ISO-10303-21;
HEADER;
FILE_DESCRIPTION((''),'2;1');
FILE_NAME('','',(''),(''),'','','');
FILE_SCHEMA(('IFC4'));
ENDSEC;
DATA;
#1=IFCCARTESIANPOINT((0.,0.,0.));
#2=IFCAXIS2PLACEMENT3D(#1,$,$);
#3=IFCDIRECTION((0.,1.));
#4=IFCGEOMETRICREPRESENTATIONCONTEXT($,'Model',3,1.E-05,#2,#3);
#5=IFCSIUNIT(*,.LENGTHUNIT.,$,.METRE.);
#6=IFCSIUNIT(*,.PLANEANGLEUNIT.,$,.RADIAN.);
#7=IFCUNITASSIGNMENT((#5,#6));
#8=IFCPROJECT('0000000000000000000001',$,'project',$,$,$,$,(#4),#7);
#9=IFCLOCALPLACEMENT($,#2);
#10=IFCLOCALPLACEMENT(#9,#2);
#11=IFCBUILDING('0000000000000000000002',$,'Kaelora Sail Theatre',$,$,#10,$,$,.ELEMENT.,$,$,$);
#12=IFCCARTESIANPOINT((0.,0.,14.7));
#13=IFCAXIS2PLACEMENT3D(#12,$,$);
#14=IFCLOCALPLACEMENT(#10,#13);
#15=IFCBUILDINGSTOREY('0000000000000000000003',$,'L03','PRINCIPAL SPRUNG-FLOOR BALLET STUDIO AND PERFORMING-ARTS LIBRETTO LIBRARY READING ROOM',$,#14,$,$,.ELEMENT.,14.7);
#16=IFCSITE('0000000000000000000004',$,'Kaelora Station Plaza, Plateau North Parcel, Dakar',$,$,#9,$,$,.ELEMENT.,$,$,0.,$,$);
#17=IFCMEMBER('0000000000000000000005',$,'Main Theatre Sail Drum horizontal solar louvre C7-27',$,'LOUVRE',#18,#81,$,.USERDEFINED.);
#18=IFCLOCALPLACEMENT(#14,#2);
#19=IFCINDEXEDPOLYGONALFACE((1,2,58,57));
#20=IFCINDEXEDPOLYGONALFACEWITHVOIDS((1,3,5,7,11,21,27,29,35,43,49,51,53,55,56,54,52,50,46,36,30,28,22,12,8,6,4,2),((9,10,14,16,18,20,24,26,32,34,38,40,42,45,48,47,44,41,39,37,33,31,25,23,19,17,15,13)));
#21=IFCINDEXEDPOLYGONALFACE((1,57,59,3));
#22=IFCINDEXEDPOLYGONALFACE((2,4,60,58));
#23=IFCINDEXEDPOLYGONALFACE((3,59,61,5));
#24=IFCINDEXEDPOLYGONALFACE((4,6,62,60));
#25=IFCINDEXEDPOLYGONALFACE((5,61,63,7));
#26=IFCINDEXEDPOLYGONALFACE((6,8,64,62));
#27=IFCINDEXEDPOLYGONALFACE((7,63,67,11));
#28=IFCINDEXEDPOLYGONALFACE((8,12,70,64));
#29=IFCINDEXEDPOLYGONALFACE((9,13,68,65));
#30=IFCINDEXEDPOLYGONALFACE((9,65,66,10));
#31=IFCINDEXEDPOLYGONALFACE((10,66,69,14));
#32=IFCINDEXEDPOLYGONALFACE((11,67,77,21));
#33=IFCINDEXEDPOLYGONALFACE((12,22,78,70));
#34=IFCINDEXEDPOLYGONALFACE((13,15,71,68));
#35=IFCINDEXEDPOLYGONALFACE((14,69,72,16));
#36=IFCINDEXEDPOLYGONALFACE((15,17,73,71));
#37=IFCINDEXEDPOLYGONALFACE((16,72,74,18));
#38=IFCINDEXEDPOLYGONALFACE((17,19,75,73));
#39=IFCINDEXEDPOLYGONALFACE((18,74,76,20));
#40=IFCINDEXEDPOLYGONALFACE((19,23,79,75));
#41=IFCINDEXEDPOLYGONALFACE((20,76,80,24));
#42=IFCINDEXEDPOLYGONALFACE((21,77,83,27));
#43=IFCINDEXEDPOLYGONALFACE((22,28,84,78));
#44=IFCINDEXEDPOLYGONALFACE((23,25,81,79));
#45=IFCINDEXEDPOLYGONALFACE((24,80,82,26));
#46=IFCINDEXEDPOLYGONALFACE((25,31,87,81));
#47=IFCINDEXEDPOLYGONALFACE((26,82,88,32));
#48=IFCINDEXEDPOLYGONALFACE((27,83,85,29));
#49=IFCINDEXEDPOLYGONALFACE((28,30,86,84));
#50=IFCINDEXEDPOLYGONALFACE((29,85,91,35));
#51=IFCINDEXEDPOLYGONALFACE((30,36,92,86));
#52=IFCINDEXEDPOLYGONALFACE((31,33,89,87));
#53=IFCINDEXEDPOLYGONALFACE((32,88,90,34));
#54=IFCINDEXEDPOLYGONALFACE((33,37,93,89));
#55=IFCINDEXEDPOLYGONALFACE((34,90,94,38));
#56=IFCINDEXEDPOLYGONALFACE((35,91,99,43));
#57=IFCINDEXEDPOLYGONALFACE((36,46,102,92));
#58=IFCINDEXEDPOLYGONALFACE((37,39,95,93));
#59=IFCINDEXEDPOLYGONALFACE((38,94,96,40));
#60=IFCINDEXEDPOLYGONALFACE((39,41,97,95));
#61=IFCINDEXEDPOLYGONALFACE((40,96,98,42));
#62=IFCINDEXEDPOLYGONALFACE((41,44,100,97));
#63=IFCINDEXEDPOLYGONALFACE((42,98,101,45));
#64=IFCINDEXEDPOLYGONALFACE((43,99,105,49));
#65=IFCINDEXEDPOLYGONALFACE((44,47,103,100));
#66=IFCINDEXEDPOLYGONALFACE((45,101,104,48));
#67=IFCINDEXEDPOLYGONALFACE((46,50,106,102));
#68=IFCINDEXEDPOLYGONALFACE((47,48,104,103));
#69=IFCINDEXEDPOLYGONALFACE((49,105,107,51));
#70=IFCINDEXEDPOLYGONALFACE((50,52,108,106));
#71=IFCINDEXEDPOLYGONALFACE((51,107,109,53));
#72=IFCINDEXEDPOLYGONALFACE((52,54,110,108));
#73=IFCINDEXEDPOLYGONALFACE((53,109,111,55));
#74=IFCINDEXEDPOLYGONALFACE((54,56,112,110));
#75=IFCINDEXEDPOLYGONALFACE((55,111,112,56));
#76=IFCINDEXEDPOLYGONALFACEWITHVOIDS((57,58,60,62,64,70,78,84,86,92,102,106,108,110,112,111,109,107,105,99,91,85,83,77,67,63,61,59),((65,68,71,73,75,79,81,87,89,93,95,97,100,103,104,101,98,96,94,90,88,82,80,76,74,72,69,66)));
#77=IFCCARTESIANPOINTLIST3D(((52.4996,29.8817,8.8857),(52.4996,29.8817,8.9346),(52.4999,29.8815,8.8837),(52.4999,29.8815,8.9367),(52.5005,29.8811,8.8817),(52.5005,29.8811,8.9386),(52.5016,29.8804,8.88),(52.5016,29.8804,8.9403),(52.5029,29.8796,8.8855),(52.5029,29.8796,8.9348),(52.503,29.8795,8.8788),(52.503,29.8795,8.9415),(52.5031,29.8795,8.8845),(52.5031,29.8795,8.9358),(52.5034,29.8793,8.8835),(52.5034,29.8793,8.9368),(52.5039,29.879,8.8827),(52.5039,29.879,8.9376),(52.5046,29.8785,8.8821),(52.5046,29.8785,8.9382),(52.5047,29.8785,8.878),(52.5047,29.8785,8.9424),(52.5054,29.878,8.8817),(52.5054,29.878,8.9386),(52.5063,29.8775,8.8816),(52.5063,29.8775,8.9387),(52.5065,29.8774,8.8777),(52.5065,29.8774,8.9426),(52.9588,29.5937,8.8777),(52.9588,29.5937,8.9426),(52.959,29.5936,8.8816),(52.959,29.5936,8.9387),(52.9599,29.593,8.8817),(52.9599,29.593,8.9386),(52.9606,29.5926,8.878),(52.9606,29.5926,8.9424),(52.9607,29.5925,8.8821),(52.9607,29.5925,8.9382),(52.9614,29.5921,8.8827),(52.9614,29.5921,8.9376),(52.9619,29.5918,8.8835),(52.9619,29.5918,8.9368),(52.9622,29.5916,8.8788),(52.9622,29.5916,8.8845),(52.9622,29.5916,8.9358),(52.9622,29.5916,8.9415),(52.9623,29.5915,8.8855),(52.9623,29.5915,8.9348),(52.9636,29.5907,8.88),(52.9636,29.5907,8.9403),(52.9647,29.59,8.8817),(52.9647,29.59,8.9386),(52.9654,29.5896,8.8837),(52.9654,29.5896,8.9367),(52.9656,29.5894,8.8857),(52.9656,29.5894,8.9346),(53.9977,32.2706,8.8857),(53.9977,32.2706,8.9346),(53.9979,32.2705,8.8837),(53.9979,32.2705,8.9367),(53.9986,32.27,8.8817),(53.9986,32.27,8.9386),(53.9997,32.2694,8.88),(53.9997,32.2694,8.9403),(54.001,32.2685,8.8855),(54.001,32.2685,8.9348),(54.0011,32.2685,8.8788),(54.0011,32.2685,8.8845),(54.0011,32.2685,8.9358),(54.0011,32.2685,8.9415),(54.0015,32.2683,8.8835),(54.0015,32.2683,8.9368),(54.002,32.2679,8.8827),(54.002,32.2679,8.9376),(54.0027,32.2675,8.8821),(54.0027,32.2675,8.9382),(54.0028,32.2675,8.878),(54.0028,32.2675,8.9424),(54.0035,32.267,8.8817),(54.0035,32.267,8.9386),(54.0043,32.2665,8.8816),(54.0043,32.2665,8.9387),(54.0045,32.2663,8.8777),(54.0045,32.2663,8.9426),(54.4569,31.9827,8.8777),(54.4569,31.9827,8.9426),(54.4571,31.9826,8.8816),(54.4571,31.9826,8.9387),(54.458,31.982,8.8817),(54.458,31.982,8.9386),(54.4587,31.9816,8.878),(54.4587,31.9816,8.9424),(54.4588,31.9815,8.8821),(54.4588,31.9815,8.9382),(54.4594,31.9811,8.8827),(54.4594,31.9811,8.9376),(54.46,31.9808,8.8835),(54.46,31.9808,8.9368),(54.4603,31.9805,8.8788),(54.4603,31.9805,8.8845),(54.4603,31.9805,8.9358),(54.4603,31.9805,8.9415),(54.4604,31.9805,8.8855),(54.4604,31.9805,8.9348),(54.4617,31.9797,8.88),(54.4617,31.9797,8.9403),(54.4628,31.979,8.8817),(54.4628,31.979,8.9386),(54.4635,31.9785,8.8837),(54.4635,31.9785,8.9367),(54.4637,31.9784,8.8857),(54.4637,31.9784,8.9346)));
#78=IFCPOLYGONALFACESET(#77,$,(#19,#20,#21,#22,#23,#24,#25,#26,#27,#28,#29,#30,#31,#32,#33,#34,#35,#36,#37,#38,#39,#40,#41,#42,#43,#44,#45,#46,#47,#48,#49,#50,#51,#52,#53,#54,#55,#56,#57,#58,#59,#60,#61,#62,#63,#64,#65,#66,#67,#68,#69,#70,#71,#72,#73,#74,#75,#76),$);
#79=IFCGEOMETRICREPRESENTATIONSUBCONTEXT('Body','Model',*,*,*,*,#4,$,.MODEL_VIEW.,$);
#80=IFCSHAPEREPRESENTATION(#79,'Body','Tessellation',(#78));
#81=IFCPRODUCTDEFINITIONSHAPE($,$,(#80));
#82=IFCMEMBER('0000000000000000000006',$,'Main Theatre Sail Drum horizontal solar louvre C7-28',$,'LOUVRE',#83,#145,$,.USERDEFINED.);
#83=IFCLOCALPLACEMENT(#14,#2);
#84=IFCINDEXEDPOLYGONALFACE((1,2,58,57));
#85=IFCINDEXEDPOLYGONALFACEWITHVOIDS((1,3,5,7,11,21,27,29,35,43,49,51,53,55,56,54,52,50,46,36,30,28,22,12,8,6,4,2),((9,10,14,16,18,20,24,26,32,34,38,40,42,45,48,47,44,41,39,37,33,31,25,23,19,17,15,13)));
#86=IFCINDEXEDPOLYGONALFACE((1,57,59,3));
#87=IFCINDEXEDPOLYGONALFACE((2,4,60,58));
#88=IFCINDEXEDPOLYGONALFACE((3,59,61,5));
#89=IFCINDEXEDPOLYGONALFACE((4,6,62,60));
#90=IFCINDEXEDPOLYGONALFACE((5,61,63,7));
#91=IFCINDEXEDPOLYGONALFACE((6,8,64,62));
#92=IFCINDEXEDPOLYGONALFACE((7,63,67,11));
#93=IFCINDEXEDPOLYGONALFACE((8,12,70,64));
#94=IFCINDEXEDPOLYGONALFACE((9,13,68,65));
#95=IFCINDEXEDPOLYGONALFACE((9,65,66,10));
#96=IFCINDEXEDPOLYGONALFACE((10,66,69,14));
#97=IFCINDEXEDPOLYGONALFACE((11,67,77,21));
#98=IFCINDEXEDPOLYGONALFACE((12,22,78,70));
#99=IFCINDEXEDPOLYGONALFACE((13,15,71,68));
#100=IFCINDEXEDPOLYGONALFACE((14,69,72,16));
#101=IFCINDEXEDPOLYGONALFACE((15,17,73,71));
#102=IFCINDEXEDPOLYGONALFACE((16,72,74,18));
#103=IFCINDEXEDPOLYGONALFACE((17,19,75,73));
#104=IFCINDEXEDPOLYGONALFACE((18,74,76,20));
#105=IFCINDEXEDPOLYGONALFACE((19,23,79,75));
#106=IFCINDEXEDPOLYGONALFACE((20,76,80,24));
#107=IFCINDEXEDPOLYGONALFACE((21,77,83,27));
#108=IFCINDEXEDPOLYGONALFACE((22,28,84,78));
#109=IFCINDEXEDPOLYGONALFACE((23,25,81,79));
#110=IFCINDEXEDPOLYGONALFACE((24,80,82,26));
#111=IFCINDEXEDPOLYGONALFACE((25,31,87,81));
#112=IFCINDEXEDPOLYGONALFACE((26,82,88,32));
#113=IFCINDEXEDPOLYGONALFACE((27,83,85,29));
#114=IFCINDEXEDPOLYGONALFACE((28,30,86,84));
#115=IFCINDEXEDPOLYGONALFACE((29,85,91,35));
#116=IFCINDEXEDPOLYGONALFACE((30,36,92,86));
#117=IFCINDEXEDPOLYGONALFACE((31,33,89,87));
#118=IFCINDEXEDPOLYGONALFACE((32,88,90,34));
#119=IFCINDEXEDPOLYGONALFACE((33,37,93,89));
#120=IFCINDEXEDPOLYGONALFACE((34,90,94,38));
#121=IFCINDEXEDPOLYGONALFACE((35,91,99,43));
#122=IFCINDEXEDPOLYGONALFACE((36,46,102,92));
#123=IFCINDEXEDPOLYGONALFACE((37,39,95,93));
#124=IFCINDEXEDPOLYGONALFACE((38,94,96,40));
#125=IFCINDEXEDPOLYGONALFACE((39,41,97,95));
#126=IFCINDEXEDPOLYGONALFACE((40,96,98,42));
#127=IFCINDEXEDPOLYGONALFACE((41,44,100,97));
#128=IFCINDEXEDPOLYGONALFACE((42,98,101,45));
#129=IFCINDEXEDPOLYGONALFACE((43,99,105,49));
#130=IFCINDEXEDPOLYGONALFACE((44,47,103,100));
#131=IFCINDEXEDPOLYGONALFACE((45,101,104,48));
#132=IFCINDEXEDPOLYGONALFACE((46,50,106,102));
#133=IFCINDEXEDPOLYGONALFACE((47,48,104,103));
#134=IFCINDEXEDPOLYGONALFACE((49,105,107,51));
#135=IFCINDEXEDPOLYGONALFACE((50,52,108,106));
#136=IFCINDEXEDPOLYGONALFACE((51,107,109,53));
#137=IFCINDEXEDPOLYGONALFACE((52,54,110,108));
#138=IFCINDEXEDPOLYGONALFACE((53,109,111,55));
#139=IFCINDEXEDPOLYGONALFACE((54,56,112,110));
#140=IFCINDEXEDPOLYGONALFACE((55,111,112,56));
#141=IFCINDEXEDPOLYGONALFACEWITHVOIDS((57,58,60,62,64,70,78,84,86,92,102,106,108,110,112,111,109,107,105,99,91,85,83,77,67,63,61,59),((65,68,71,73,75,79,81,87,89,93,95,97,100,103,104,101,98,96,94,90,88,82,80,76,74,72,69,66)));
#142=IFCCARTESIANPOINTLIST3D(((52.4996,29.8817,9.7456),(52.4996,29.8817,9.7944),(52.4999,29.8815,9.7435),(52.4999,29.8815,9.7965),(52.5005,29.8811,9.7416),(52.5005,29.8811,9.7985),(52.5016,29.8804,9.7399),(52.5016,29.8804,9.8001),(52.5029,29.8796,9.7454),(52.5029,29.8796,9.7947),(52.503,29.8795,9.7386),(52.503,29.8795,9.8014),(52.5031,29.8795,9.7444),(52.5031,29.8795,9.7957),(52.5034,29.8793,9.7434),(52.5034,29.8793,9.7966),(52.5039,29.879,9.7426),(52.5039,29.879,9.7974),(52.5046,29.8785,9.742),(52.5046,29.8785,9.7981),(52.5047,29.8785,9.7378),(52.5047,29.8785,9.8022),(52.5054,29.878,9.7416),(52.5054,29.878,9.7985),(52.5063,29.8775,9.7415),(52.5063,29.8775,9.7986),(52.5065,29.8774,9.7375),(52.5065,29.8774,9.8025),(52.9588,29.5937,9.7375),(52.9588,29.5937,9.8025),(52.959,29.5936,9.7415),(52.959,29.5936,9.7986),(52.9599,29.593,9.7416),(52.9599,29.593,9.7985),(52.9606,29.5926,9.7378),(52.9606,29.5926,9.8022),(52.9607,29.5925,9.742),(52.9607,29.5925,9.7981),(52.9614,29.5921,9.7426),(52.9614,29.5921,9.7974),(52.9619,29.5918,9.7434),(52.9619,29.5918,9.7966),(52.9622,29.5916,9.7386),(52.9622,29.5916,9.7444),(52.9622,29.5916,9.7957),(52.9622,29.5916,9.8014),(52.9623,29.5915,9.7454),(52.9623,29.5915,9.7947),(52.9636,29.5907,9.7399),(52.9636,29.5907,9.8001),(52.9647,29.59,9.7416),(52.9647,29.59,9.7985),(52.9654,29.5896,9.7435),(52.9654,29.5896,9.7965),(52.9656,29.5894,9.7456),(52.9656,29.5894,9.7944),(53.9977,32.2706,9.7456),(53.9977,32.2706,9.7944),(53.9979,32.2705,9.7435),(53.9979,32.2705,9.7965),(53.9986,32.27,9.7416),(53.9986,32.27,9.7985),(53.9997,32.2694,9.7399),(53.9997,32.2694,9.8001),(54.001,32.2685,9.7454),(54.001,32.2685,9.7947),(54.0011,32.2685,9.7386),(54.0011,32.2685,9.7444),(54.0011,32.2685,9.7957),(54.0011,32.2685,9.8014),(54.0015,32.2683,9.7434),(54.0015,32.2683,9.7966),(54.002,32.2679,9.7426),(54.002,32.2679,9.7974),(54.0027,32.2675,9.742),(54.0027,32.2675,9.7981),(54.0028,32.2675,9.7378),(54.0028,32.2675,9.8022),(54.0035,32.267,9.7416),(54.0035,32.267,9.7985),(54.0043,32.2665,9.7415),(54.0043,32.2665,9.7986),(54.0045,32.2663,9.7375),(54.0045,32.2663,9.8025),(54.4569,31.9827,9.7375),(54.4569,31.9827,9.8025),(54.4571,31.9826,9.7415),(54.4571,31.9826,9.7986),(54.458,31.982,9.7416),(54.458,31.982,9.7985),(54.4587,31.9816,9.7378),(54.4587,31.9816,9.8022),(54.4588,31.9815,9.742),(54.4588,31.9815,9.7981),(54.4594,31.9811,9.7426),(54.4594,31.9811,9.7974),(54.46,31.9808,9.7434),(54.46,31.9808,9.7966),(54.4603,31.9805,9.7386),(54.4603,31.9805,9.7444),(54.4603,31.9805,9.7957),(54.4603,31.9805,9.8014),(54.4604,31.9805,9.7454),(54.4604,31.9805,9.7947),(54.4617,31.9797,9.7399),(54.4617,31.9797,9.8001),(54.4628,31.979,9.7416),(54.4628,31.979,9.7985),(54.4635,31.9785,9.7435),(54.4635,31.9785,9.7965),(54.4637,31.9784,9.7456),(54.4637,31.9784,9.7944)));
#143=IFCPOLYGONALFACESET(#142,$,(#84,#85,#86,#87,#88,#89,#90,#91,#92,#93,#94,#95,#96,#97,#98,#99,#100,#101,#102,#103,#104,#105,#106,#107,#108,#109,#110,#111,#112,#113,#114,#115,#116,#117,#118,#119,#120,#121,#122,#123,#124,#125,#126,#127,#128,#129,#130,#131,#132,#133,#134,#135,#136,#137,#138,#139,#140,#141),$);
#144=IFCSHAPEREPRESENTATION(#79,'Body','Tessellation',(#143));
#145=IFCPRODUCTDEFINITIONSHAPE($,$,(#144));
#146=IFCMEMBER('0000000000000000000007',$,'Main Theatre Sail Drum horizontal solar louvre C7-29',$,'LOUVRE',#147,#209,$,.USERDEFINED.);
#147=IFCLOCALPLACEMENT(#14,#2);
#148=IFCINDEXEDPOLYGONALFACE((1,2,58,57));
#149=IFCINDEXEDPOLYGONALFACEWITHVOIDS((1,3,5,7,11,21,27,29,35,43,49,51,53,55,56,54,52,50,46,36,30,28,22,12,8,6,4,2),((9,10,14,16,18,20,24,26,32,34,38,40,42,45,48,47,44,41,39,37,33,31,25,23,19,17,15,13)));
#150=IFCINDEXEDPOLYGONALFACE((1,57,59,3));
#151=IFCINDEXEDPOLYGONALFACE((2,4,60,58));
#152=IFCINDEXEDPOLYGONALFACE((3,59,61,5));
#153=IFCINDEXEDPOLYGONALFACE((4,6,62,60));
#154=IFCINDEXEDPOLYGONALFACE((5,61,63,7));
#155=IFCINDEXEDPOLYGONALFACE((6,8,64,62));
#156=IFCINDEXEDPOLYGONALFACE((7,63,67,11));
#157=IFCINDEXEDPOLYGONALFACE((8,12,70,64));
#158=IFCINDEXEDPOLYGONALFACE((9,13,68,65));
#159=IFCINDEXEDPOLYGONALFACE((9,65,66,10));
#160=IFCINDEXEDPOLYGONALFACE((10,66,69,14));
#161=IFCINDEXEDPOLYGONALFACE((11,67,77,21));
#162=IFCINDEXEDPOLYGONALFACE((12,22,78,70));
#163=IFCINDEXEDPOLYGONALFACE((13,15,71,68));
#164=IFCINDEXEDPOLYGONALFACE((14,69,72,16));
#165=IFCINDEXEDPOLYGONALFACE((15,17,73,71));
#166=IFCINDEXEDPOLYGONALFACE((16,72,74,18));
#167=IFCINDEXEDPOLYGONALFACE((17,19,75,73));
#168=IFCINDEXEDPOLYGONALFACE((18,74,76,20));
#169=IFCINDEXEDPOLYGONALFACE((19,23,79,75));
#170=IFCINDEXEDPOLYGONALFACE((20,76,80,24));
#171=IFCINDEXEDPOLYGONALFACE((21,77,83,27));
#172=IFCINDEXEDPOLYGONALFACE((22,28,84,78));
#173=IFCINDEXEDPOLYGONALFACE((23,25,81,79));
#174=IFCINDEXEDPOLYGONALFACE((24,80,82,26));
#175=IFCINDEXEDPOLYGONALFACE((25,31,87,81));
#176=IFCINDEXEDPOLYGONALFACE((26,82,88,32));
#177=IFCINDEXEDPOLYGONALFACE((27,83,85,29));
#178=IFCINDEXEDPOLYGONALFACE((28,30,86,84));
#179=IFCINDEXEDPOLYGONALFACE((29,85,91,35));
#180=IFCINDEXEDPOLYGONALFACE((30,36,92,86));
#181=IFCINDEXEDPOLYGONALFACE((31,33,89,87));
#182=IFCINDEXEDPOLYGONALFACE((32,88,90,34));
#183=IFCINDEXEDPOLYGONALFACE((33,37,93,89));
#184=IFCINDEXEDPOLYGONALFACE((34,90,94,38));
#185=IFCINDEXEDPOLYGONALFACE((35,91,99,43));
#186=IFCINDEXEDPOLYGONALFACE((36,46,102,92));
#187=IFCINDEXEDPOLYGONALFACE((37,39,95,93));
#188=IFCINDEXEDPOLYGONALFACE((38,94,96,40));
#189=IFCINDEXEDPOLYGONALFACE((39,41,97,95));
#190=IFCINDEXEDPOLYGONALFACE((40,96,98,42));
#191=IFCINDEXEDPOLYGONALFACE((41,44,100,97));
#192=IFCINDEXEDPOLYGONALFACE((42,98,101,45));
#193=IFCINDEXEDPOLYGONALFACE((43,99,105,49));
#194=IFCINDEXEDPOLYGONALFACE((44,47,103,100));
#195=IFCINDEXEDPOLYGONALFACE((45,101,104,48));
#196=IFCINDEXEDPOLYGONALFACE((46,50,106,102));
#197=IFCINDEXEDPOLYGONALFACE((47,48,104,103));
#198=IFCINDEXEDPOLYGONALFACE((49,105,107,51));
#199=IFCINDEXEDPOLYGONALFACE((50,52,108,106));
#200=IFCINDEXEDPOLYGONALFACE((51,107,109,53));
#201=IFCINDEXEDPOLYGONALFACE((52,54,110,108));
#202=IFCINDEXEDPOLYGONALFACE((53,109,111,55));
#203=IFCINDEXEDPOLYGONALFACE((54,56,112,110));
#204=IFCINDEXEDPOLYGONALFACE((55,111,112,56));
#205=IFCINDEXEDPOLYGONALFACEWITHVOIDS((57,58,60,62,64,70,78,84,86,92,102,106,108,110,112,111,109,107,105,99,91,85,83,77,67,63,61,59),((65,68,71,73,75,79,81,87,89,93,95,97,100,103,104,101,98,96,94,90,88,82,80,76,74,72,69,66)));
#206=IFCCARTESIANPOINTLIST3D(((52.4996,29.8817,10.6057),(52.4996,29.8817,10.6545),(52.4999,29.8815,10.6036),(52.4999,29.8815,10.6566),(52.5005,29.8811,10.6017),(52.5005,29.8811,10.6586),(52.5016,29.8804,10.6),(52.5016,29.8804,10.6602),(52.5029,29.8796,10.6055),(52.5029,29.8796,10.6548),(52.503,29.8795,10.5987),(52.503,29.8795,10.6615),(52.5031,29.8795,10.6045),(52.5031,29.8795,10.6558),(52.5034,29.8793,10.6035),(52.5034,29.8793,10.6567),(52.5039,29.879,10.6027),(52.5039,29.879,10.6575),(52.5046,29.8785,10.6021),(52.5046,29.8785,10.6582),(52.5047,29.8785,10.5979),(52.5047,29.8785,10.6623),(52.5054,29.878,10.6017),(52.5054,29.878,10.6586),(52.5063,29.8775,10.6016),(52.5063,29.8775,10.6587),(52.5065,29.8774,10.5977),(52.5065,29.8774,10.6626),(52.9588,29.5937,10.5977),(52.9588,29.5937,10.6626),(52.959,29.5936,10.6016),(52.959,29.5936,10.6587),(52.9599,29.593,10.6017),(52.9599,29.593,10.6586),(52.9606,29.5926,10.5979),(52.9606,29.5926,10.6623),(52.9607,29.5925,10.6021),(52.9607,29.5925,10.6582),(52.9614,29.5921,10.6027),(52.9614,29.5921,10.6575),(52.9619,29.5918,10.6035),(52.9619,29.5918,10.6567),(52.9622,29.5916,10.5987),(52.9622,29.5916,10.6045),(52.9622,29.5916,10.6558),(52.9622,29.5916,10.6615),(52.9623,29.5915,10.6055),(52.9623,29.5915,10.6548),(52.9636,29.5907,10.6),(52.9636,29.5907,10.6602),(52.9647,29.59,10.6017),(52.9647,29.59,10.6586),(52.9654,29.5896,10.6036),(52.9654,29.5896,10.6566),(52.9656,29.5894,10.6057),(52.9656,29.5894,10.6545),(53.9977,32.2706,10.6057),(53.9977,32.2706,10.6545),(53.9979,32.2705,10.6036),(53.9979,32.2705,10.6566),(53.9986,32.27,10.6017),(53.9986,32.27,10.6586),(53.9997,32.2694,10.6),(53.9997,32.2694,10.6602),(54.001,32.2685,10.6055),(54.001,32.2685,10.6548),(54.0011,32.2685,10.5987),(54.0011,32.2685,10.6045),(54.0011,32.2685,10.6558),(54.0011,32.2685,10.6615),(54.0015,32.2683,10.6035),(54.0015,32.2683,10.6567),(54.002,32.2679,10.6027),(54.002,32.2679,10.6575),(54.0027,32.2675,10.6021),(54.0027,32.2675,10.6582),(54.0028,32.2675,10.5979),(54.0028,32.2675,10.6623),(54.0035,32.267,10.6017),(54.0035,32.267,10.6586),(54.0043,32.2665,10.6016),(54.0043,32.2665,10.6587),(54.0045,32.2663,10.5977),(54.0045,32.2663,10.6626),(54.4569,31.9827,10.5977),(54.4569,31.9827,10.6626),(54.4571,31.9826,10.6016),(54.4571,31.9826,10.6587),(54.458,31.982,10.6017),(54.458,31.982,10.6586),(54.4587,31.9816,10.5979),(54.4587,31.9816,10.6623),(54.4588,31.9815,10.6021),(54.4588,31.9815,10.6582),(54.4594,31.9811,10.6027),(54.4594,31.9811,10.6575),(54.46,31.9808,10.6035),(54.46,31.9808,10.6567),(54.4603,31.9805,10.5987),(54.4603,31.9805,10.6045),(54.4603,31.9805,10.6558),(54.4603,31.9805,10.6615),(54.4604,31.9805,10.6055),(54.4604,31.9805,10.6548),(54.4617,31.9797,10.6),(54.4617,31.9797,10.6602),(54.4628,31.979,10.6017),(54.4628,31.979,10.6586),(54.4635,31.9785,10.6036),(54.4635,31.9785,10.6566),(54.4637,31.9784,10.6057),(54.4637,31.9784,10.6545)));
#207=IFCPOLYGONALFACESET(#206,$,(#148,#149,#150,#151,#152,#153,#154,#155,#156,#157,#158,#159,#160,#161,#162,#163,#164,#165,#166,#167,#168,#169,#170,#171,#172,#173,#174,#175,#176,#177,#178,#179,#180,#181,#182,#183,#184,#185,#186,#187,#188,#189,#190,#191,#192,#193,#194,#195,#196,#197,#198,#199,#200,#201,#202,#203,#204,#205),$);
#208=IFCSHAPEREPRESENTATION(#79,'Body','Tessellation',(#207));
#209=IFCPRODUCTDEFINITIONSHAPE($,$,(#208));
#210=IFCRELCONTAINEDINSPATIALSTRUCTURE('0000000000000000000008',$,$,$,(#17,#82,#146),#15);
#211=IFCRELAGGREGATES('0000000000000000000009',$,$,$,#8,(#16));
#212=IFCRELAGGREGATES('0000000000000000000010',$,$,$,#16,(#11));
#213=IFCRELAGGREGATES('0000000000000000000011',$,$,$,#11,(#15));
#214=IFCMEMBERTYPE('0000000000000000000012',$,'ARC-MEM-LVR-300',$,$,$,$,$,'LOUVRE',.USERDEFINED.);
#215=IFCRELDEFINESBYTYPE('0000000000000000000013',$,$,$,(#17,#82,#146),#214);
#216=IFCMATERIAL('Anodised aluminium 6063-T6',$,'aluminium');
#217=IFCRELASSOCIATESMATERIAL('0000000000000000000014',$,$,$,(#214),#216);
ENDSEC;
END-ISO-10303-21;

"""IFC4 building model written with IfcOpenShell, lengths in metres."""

from ifc_helpers import new_model, si_unit, direction, frame, origin, origin_2d, place, context, subcontext, project, spatial, hollow_rectangle, extrude, material, material_profile, profile_set, type_object, element, save


model = new_model("IFC4")

# Units and contexts
model_context = context("Model", 3, precision=1e-05, world=origin(), true_north=direction((0.0, 1.0)))
body_context = subcontext(model_context, "Body", "Model", "MODEL_VIEW")
ifc_project = project(units=[si_unit("LENGTHUNIT", "METRE"), si_unit("PLANEANGLEUNIT", "RADIAN")], contexts=[model_context])

# Site, building, storey
site_placement = place(None, origin())
site = spatial("IfcSite", under=ifc_project, at=site_placement, Name="Kaelora Station Plaza, Plateau North Parcel, Dakar", CompositionType="ELEMENT", RefElevation=0.0)
building_placement = place(site_placement, origin())
building = spatial("IfcBuilding", under=site, at=building_placement, Name="Kaelora Sail Theatre", CompositionType="ELEMENT")
storey_placement = place(building_placement, frame((0.0, 0.0, 14.7)))
storey = spatial("IfcBuildingStorey", under=building, at=storey_placement, Name="L03", Description="PRINCIPAL SPRUNG-FLOOR BALLET STUDIO AND PERFORMING-ARTS LIBRETTO LIBRARY READING ROOM", CompositionType="ELEMENT", Elevation=14.7)

# Members
ifc_material = material(Name="Anodised aluminium 6063-T6", Category="aluminium")
ifc_material_profile = material_profile(ifc_material, hollow_rectangle(XDim=0.55, YDim=0.0649, WallThickness=0.0039, InnerFilletRadius=0.0039, OuterFilletRadius=0.0081, at=origin_2d()), Name="LOUVRE 550x65x4")
ifc_profile_set = profile_set([ifc_material_profile], Name="Anodised aluminium 6063-T6")
member_type = type_object("IfcMemberType", Name="ARC-MEM-LVR-300", ElementType="LOUVRE", PredefinedType="USERDEFINED", material=ifc_profile_set)
for number, where, z_axis, x_axis, name in (
    (1, (54.2307, 32.1245, 8.9102), (-0.531267, -0.847204, 0.0), (0.847204, -0.531267, 0.0), "Main Theatre Sail Drum horizontal solar louvre C7-27"),
    (2, (54.2307, 32.1245, 9.77), (-0.531267, -0.847204, 0.0), (0.847204, -0.531267, 0.0), "Main Theatre Sail Drum horizontal solar louvre C7-28"),
    (3, (54.2307, 32.1245, 10.6301), (-0.531267, -0.847204, 0.0), (0.847204, -0.531267, 0.0), "Main Theatre Sail Drum horizontal solar louvre C7-29"),
):
    element("IfcMember", number, at=place(storey_placement, frame(where, z_axis=z_axis, x_axis=x_axis)), inside=storey, type_object=member_type, Name=name, ObjectType="LOUVRE", PredefinedType="USERDEFINED", context=body_context, shape_type="SweptSolid", body=[
        extrude(hollow_rectangle(XDim=0.55, YDim=0.0649, WallThickness=0.0039, InnerFilletRadius=0.0039, OuterFilletRadius=0.0081, at=origin_2d()), origin(), (0.0, 0.0, 1.0), 2.8198),
    ])

save(model, "model.ifc")
